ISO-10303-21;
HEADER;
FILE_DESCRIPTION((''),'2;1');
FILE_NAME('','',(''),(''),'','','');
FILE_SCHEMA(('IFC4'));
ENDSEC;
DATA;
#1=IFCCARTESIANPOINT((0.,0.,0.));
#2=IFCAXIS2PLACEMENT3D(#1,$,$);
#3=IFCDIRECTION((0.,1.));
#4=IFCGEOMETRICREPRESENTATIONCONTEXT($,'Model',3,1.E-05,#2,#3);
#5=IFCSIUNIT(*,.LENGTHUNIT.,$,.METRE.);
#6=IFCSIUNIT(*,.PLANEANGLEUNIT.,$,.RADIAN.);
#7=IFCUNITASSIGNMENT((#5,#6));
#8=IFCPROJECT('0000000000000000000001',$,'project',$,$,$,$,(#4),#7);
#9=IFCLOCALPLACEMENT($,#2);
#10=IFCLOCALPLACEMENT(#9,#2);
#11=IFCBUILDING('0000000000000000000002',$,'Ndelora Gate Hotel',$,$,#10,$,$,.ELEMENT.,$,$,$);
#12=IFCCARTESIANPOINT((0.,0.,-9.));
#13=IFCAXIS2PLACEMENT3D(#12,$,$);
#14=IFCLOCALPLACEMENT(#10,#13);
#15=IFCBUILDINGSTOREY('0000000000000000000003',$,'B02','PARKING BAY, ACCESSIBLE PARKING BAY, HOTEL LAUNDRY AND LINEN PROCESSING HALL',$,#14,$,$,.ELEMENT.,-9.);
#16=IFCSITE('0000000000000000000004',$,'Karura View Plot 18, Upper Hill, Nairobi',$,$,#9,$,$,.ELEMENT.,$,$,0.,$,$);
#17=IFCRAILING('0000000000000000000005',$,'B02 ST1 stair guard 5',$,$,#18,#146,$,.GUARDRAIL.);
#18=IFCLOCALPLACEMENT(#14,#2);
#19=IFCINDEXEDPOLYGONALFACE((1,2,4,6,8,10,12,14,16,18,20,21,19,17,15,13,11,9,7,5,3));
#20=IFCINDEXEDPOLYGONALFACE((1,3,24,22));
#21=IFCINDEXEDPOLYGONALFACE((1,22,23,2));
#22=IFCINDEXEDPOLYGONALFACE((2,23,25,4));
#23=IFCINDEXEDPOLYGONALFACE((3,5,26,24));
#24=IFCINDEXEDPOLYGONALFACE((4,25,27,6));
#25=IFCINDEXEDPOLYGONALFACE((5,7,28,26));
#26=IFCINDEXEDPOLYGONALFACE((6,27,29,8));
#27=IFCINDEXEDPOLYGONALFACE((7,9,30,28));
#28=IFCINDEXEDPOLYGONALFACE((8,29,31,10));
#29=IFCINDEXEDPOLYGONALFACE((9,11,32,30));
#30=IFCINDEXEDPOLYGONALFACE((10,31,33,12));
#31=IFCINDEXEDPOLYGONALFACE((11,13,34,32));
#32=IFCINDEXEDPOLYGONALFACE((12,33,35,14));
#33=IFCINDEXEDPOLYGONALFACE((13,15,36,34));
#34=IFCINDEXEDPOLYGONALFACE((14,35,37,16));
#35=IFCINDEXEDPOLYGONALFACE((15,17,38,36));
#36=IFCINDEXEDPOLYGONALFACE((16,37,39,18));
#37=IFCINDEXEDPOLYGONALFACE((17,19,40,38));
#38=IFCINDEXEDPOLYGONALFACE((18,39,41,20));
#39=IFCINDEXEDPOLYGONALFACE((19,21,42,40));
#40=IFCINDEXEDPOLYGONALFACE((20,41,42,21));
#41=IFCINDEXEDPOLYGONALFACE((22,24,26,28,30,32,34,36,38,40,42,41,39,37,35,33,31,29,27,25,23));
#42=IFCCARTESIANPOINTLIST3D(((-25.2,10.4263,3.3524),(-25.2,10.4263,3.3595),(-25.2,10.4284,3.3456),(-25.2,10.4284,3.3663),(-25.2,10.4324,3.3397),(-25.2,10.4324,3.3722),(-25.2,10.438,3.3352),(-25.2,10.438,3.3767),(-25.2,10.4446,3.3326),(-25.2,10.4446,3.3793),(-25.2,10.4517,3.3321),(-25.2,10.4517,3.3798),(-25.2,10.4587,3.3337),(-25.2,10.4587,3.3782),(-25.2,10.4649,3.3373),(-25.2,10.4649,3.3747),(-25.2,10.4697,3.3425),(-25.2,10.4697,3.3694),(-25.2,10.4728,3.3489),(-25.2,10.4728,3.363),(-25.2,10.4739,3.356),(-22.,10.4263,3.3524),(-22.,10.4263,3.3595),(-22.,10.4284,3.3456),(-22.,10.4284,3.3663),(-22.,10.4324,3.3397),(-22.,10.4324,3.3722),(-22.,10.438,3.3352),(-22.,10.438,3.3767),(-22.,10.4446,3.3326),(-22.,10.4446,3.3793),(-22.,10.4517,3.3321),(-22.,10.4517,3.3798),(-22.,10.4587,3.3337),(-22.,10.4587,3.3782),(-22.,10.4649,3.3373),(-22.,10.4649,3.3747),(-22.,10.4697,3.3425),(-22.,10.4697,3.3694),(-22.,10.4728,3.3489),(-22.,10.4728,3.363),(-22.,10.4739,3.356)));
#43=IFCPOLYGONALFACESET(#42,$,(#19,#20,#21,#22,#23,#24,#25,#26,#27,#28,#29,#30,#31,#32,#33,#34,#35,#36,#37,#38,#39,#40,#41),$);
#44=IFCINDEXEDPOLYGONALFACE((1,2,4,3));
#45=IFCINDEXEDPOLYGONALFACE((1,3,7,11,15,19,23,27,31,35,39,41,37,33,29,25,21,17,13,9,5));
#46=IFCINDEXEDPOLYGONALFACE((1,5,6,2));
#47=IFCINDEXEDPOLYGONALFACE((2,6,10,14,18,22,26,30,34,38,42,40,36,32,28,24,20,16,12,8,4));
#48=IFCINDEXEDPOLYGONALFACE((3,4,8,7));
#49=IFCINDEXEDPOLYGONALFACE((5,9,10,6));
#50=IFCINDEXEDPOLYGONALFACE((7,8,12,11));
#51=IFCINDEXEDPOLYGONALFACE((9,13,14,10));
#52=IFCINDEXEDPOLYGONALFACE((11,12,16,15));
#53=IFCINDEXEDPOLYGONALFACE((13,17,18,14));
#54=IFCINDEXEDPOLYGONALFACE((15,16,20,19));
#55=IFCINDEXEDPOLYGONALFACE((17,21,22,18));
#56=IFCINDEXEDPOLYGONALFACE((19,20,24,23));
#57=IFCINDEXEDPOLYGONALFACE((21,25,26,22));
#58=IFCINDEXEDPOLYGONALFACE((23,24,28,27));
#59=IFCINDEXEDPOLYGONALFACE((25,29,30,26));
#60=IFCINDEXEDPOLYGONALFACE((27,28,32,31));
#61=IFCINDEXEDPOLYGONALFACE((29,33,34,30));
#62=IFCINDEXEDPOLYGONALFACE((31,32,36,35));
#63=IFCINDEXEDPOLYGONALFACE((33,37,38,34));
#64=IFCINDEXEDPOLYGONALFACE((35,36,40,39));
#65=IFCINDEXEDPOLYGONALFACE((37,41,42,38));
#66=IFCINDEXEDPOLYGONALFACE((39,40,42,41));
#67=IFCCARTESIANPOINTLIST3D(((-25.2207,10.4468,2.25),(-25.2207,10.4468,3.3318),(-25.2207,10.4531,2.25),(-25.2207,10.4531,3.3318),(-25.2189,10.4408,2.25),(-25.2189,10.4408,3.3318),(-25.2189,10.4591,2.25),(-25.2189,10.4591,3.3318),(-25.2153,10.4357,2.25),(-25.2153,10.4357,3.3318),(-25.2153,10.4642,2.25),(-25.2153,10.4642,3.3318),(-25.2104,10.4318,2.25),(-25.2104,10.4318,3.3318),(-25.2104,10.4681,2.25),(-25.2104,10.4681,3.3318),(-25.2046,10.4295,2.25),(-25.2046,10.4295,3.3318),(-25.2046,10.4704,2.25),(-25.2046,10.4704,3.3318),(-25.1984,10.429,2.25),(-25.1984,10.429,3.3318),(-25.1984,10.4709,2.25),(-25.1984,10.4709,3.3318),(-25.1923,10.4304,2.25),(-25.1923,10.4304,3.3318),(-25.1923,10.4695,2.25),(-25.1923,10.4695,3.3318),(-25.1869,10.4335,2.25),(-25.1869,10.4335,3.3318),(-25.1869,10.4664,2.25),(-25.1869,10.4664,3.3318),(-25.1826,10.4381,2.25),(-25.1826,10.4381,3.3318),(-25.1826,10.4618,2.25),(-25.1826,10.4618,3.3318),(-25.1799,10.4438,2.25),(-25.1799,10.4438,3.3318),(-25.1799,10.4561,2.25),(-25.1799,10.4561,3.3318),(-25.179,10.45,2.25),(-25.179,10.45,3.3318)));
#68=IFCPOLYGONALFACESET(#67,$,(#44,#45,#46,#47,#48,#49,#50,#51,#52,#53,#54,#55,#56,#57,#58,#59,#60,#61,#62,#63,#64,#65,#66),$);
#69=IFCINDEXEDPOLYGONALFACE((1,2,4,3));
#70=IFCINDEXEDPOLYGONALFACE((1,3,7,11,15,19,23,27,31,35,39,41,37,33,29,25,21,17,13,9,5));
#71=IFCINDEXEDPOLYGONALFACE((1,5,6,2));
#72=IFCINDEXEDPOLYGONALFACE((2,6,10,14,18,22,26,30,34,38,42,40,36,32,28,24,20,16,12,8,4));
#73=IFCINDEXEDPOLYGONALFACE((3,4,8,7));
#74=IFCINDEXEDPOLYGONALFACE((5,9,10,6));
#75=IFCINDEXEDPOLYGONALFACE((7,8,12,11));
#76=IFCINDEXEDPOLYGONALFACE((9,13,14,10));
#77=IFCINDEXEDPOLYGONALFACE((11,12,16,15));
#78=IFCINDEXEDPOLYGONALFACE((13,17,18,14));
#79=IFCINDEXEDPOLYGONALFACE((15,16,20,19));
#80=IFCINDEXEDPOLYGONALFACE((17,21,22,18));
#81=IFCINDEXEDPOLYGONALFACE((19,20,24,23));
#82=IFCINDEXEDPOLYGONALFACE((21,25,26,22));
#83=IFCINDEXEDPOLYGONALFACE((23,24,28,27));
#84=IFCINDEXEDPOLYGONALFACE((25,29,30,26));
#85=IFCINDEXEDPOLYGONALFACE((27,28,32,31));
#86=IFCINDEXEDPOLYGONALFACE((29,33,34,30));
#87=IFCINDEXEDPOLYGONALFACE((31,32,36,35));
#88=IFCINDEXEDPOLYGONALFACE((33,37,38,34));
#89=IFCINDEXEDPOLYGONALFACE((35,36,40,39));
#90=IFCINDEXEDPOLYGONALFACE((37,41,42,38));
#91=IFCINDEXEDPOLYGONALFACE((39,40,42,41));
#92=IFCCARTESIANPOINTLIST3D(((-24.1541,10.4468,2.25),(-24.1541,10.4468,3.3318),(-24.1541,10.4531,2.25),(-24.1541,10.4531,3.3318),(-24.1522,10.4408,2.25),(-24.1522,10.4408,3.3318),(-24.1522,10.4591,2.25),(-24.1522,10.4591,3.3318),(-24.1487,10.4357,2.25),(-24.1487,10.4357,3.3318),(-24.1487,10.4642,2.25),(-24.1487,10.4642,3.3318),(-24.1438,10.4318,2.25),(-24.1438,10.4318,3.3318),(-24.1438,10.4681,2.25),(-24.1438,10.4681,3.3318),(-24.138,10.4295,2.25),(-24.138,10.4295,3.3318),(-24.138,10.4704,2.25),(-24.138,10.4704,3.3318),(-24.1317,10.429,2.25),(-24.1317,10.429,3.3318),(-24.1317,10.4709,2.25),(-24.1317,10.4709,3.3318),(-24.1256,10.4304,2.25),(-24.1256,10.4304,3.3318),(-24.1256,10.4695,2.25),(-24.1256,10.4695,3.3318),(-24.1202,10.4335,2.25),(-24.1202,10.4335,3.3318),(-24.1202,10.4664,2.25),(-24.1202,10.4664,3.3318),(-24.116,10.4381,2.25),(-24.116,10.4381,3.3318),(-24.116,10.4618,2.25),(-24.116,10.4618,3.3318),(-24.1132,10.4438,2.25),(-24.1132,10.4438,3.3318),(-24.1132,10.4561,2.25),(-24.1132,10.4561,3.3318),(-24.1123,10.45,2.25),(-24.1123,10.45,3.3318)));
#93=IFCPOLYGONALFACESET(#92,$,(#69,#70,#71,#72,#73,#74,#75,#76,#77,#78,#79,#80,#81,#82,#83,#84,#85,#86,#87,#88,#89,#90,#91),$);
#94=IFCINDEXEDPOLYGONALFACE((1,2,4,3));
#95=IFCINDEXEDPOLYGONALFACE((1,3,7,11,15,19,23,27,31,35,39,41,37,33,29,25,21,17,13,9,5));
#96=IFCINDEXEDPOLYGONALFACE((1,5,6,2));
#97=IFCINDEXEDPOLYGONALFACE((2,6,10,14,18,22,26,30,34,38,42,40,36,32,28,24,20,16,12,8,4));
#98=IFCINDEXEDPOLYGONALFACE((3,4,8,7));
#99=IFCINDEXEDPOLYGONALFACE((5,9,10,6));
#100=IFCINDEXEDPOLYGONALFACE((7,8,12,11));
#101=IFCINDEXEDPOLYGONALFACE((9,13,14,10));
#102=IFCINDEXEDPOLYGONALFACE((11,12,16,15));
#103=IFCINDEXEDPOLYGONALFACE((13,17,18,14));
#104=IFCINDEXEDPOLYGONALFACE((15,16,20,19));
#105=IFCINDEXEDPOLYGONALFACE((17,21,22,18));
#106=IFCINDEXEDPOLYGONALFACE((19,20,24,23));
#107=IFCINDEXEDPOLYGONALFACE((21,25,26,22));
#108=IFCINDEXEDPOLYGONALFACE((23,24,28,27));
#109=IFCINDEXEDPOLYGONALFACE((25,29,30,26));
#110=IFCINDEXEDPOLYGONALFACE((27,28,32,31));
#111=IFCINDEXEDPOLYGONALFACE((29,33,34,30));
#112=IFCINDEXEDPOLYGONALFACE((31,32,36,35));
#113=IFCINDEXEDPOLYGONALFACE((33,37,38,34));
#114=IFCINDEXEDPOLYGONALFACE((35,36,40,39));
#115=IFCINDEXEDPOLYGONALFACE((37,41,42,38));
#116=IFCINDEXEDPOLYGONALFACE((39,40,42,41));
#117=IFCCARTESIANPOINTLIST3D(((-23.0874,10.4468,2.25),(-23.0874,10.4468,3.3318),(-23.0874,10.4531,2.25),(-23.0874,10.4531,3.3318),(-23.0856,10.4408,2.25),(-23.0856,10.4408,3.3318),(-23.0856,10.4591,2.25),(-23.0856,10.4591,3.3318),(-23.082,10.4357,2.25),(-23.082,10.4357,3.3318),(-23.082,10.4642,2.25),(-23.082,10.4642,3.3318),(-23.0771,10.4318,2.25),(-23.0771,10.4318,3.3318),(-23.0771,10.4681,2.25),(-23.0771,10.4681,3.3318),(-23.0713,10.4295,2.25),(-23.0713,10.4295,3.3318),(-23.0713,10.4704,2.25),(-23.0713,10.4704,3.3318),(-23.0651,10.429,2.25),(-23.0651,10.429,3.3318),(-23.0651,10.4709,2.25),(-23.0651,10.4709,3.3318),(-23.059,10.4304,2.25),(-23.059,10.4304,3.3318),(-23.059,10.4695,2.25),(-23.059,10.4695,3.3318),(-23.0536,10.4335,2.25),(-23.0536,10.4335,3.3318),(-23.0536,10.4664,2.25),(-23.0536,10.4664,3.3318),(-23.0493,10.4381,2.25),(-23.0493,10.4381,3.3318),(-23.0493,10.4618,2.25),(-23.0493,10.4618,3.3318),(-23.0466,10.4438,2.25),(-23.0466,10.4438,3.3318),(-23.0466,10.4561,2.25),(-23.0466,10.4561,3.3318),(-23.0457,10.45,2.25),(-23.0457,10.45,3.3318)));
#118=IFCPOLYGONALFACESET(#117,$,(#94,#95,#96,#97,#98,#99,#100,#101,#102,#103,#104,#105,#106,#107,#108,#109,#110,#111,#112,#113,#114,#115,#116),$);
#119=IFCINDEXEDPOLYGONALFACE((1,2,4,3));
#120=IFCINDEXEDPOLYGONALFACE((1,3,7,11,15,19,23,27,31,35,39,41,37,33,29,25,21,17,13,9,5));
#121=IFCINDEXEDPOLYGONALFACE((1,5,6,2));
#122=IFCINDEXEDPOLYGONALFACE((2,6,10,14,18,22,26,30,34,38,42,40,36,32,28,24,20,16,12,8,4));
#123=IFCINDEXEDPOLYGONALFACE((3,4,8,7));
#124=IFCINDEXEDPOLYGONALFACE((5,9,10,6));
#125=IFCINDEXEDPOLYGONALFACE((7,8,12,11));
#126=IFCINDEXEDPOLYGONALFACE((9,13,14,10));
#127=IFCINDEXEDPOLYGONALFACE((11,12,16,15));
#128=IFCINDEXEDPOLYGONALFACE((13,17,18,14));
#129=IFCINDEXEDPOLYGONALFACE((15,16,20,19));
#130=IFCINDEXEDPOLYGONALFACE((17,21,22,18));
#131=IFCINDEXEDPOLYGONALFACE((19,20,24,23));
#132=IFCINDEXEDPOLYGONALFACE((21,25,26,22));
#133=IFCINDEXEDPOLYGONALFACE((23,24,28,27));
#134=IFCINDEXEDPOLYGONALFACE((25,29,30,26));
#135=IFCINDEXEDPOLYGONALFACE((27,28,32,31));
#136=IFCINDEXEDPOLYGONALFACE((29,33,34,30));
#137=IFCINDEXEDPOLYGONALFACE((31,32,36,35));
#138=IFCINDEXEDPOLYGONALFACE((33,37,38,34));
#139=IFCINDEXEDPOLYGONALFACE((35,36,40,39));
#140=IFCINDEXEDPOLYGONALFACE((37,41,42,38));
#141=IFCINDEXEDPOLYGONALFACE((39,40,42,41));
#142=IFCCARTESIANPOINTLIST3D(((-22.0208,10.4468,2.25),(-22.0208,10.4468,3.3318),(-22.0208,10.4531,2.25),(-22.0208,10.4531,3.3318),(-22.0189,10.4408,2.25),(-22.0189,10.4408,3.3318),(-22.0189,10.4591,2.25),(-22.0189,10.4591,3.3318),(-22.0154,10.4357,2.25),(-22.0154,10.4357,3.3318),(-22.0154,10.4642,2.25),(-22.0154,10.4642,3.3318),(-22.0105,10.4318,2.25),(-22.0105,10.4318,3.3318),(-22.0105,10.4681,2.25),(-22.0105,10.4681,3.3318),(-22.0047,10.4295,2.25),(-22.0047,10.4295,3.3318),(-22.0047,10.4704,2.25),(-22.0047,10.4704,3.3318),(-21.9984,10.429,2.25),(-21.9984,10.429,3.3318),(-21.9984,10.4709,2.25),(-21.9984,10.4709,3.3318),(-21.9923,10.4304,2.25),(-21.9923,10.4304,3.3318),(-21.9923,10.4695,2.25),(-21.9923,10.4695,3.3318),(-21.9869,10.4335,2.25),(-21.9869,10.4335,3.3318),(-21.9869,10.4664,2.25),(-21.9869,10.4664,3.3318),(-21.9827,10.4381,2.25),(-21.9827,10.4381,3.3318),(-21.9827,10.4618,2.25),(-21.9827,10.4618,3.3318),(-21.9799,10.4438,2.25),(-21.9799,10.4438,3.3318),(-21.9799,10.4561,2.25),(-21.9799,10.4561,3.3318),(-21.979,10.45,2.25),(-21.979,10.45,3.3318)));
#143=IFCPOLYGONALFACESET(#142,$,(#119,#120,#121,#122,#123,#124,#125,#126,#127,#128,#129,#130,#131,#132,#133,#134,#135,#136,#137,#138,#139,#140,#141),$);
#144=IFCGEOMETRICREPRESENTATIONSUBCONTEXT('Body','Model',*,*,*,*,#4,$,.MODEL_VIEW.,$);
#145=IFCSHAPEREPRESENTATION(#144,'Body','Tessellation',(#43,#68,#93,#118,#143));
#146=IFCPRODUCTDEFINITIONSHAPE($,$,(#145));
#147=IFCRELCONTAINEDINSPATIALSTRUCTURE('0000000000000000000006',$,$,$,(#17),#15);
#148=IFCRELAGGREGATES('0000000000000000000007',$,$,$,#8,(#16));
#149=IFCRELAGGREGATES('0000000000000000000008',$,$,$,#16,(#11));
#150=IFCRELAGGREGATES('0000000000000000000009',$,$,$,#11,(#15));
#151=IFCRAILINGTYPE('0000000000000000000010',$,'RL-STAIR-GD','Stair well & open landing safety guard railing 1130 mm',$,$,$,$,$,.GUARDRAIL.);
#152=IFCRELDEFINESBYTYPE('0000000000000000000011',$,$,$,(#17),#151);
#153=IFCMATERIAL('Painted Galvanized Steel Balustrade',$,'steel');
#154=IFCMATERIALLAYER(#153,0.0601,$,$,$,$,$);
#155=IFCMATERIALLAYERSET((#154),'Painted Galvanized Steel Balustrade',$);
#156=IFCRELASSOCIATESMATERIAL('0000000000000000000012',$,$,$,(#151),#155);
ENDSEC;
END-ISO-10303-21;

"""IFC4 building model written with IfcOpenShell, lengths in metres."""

from ifc_helpers import new_model, si_unit, direction, frame, origin, origin_2d, place, context, subcontext, project, spatial, circle, extrude, material, layer, layer_set, type_object, element, save


model = new_model("IFC4")

# Units and contexts
model_context = context("Model", 3, precision=1e-05, world=origin(), true_north=direction((0.0, 1.0)))
body_context = subcontext(model_context, "Body", "Model", "MODEL_VIEW")
ifc_project = project(units=[si_unit("LENGTHUNIT", "METRE"), si_unit("PLANEANGLEUNIT", "RADIAN")], contexts=[model_context])

# Site, building, storey
site_placement = place(None, origin())
site = spatial("IfcSite", under=ifc_project, at=site_placement, Name="Karura View Plot 18, Upper Hill, Nairobi", CompositionType="ELEMENT", RefElevation=0.0)
building_placement = place(site_placement, origin())
building = spatial("IfcBuilding", under=site, at=building_placement, Name="Ndelora Gate Hotel", CompositionType="ELEMENT")
storey_placement = place(building_placement, frame((0.0, 0.0, -9.0)))
storey = spatial("IfcBuildingStorey", under=building, at=storey_placement, Name="B02", Description="PARKING BAY, ACCESSIBLE PARKING BAY, HOTEL LAUNDRY AND LINEN PROCESSING HALL", CompositionType="ELEMENT", Elevation=-9.0)

# Railing
ifc_material_1 = material(Name="Painted Galvanized Steel Balustrade", Category="steel")
ifc_layer_1 = layer(ifc_material_1, 0.0601)
ifc_layer_set_1 = layer_set([ifc_layer_1], Name="Painted Galvanized Steel Balustrade")
railing_type_1 = type_object("IfcRailingType", Name="RL-STAIR-GD", Description="Stair well & open landing safety guard railing 1130 mm", PredefinedType="GUARDRAIL", material=ifc_layer_set_1)
railing_1_placement = place(storey_placement, frame((-25.2, 10.45, 2.25)))
element("IfcRailing", 1, at=railing_1_placement, inside=storey, type_object=railing_type_1, Name="B02 ST1 stair guard 5", PredefinedType="GUARDRAIL", context=body_context, shape_type="SweptSolid", body=[
    extrude(circle(Radius=0.0239, at=origin_2d()), frame((0.0, 0.0, 1.106), z_axis=(1.0, 0.0, 0.0), x_axis=(0.0, 1.0, 0.0)), (0.0, 0.0, 1.0), 3.2),
    extrude(circle(Radius=0.021, at=origin_2d()), origin(), (0.0, 0.0, 1.0), 1.0818),
    extrude(circle(Radius=0.021, at=origin_2d()), frame((1.0667, 0.0, 0.0)), (0.0, 0.0, 1.0), 1.0818),
    extrude(circle(Radius=0.021, at=origin_2d()), frame((2.1333, 0.0, 0.0)), (0.0, 0.0, 1.0), 1.0818),
    extrude(circle(Radius=0.021, at=origin_2d()), frame((3.2, 0.0, 0.0)), (0.0, 0.0, 1.0), 1.0818),
])

save(model, "model.ifc")
